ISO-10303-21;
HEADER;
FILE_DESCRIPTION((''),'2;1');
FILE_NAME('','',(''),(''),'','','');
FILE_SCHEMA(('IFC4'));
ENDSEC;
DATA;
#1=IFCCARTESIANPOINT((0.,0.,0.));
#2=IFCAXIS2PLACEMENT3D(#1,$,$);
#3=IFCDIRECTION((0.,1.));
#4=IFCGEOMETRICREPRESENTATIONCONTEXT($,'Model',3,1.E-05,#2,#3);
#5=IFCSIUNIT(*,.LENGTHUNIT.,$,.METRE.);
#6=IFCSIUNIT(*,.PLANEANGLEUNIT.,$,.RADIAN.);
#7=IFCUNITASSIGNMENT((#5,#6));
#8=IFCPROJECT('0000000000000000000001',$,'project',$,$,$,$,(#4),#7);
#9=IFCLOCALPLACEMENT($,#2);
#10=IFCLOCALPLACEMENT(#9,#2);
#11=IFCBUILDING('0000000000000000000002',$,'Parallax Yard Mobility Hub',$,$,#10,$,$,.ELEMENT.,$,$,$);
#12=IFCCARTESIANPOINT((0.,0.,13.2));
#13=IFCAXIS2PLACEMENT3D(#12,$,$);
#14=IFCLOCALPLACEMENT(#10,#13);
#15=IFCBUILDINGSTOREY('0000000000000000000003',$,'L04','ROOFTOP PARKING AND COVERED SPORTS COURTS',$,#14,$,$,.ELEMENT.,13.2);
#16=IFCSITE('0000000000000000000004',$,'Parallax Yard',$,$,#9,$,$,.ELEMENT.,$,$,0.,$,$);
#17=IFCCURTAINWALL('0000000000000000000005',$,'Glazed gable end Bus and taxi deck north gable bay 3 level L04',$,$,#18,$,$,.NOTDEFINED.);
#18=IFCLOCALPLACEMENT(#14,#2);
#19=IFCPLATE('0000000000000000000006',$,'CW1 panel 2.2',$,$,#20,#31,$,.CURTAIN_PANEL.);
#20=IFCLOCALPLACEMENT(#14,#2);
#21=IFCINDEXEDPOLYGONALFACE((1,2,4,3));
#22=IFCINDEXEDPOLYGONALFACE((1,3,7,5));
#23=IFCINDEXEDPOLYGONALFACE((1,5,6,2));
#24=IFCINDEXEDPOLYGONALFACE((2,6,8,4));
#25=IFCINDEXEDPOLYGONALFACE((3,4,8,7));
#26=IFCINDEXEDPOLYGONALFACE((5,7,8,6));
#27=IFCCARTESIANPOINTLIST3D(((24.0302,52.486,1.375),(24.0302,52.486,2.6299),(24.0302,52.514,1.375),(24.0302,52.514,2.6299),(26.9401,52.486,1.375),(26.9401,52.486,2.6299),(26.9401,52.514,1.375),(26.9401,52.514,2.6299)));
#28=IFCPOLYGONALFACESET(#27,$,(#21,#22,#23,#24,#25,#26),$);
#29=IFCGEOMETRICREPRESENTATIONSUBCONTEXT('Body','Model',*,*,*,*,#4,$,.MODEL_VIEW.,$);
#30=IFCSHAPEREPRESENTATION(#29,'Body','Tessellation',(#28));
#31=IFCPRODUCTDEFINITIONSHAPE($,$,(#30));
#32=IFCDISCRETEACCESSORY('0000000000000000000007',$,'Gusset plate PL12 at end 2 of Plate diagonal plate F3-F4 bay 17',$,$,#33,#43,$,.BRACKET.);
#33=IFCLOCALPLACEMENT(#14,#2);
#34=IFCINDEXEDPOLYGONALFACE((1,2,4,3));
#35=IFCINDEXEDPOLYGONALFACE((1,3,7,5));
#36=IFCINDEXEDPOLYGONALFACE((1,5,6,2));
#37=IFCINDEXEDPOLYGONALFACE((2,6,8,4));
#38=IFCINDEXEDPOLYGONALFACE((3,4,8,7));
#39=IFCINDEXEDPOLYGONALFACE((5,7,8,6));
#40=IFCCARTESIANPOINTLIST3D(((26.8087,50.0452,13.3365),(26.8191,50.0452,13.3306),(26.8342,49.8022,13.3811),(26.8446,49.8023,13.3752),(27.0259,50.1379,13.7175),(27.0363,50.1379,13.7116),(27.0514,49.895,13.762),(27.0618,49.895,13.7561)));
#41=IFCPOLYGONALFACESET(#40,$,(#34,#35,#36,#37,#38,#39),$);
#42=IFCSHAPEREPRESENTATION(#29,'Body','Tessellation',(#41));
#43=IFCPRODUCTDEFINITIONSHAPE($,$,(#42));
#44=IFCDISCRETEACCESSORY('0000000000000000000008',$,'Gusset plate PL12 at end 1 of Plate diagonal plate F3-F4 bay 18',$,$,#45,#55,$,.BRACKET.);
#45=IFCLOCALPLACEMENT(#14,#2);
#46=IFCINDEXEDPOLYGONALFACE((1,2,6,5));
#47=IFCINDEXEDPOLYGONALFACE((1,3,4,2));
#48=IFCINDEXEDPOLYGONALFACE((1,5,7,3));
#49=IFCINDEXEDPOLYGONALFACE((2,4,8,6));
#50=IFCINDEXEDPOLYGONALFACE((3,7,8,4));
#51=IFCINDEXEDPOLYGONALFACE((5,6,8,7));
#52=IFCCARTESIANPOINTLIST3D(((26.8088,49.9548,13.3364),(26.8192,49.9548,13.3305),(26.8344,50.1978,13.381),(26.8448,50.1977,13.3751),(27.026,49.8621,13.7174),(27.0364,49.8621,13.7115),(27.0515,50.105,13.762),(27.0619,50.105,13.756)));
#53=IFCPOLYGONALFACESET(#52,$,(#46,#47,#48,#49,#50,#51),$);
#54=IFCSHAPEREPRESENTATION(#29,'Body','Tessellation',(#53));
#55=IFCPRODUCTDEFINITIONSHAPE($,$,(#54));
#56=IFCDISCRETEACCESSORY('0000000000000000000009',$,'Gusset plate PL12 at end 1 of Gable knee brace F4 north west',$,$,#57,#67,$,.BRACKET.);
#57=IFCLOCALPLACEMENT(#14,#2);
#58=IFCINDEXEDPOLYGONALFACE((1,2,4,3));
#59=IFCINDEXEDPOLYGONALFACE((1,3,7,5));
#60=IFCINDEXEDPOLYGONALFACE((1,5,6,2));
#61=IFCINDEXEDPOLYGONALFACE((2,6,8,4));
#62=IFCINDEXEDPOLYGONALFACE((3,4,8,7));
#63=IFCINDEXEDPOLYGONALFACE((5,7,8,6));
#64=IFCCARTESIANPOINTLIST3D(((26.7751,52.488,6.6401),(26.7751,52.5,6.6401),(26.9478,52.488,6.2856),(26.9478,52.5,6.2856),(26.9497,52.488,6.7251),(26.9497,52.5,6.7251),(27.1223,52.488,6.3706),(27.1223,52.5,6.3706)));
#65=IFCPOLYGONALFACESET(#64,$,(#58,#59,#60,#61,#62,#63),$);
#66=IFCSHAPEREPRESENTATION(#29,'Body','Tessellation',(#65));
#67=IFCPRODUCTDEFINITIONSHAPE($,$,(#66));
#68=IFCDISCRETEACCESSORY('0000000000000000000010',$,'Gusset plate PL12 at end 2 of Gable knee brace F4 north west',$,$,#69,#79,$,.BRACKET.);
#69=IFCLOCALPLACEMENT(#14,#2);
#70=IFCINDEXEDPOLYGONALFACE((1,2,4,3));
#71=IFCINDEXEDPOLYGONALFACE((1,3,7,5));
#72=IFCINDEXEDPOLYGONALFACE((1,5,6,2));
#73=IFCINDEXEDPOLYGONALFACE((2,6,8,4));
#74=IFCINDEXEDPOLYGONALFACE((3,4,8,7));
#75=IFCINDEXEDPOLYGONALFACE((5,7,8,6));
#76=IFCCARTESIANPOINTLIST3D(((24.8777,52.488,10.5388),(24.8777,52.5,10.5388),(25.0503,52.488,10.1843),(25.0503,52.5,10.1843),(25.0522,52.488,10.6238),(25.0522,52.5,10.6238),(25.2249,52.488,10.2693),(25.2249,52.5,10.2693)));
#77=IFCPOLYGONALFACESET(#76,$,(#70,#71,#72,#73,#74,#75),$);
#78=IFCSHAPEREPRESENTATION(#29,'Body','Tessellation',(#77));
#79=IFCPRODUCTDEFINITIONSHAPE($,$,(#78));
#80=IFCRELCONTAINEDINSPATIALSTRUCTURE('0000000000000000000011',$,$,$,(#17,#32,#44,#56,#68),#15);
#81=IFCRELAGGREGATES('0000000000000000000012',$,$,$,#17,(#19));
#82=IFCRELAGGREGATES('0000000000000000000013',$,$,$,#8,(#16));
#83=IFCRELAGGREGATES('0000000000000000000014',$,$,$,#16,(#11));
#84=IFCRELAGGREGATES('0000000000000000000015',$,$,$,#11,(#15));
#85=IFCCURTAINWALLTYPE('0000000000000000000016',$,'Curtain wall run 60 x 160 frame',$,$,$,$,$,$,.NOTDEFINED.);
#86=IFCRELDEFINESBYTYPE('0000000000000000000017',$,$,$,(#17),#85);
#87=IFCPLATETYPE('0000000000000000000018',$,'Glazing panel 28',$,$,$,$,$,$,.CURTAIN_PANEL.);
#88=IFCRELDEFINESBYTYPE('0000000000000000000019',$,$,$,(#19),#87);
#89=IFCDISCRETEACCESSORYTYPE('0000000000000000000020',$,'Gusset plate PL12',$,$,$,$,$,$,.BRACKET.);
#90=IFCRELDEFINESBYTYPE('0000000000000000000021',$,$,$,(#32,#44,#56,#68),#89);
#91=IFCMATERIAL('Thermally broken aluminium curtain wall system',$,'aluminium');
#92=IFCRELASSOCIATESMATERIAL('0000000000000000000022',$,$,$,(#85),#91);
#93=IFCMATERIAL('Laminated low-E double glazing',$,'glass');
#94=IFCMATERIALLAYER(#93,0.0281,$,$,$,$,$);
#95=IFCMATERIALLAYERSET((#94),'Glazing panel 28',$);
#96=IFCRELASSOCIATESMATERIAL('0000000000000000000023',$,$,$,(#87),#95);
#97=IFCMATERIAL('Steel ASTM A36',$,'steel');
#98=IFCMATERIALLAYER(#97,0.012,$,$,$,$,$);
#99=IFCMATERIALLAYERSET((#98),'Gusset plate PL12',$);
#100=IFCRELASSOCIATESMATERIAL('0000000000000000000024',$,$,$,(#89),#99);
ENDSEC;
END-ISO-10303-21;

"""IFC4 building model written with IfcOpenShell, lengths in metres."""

from ifc_helpers import new_model, si_unit, direction, frame, origin, origin_2d, place, context, subcontext, project, spatial, polyline, rectangle, outline, extrude, material, layer, layer_set, type_object, element, aggregate, save


model = new_model("IFC4")

# Units and contexts
model_context = context("Model", 3, precision=1e-05, world=origin(), true_north=direction((0.0, 1.0)))
body_context = subcontext(model_context, "Body", "Model", "MODEL_VIEW")
ifc_project = project(units=[si_unit("LENGTHUNIT", "METRE"), si_unit("PLANEANGLEUNIT", "RADIAN")], contexts=[model_context])

# Site, building, storey
site_placement = place(None, origin())
site = spatial("IfcSite", under=ifc_project, at=site_placement, Name="Parallax Yard", CompositionType="ELEMENT", RefElevation=0.0)
building_placement = place(site_placement, origin())
building = spatial("IfcBuilding", under=site, at=building_placement, Name="Parallax Yard Mobility Hub", CompositionType="ELEMENT")
storey_placement = place(building_placement, frame((0.0, 0.0, 13.2)))
storey = spatial("IfcBuildingStorey", under=building, at=storey_placement, Name="L04", Description="ROOFTOP PARKING AND COVERED SPORTS COURTS", CompositionType="ELEMENT", Elevation=13.2)

# Shared definitions
ifc_material_1 = material(Name="Thermally broken aluminium curtain wall system", Category="aluminium")
curtain_wall_type = type_object("IfcCurtainWallType", Name="Curtain wall run 60 x 160 frame", PredefinedType="NOTDEFINED", material=ifc_material_1)

# Curtain wall
curtain_wall_1_placement = place(storey_placement, origin())
curtain_wall_1 = element("IfcCurtainWall", 1, at=curtain_wall_1_placement, inside=storey, type_object=curtain_wall_type, Name="Glazed gable end Bus and taxi deck north gable bay 3 level L04", PredefinedType="NOTDEFINED")

# Plate
ifc_material_2 = material(Name="Laminated low-E double glazing", Category="glass")
ifc_layer_1 = layer(ifc_material_2, 0.0281)
ifc_layer_set_1 = layer_set([ifc_layer_1], Name="Glazing panel 28")
plate_type = type_object("IfcPlateType", Name="Glazing panel 28", PredefinedType="CURTAIN_PANEL", material=ifc_layer_set_1)
plate_1_placement = place(storey_placement, frame((25.4851, 52.5, 1.375), z_axis=(0.0, 0.0, 1.0), x_axis=(1.0, 0.0, 0.0)))
plate_1 = element("IfcPlate", 2, at=plate_1_placement, type_object=plate_type, Name="CW1 panel 2.2", PredefinedType="CURTAIN_PANEL", context=body_context, shape_type="SweptSolid", body=[
    extrude(rectangle(XDim=2.9099, YDim=0.0281, at=origin_2d()), origin(), (0.0, 0.0, 1.0), 1.2549),
])
aggregate(curtain_wall_1, [plate_1])

# Discrete accessories
ifc_material_3 = material(Name="Steel ASTM A36", Category="steel")
ifc_layer_2 = layer(ifc_material_3, 0.012)
ifc_layer_set_2 = layer_set([ifc_layer_2], Name="Gusset plate PL12")
discrete_accessory_type = type_object("IfcDiscreteAccessoryType", Name="Gusset plate PL12", PredefinedType="BRACKET", material=ifc_layer_set_2)
discrete_accessory_1_placement = place(storey_placement, frame((26.8342, 49.8022, 13.3811), z_axis=(-0.868732, -0.000396, 0.495282), x_axis=(0.484484, 0.206996, 0.849958)))
element("IfcDiscreteAccessory", 3, at=discrete_accessory_1_placement, inside=storey, type_object=discrete_accessory_type, Name="Gusset plate PL12 at end 2 of Plate diagonal plate F3-F4 bay 17", PredefinedType="BRACKET", context=body_context, shape_type="SweptSolid", body=[
    extrude(outline(polyline([(0.0, 0.0), (0.4482, 0.0), (0.4483, 0.2483), (0.0, 0.2483), (0.0, 0.0)])), origin(), (0.0, 0.0, -1.0), 0.012),
])
discrete_accessory_2_placement = place(storey_placement, frame((26.8088, 49.9548, 13.3364), z_axis=(-0.868732, 0.000396, 0.495282), x_axis=(0.484488, -0.206955, 0.849965)))
element("IfcDiscreteAccessory", 4, at=discrete_accessory_2_placement, inside=storey, type_object=discrete_accessory_type, Name="Gusset plate PL12 at end 1 of Plate diagonal plate F3-F4 bay 18", PredefinedType="BRACKET", context=body_context, shape_type="SweptSolid", body=[
    extrude(outline(polyline([(0.0, 0.0), (0.4483, 0.0), (0.4482, 0.2483), (0.0, 0.2483), (0.0, 0.0)])), origin(), (0.0, 0.0, -1.0), 0.012),
])
for number, where, z_axis, x_axis, name in (
    (5, (26.9497, 52.5, 6.7251), (0.0, 1.0, 0.0), (0.437777, 0.0, -0.899084), "Gusset plate PL12 at end 1 of Gable knee brace F4 north west"),
    (6, (25.0503, 52.5, 10.1843), (0.0, 1.0, 0.0), (-0.437777, 0.0, 0.899084), "Gusset plate PL12 at end 2 of Gable knee brace F4 north west"),
):
    element("IfcDiscreteAccessory", number, at=place(storey_placement, frame(where, z_axis=z_axis, x_axis=x_axis)), inside=storey, type_object=discrete_accessory_type, Name=name, PredefinedType="BRACKET", context=body_context, shape_type="SweptSolid", body=[
        extrude(outline(polyline([(0.0, 0.0), (0.3943, 0.0), (0.3943, 0.1941), (0.0, 0.1941), (0.0, 0.0)])), origin(), (0.0, 0.0, -1.0), 0.012),
    ])

save(model, "model.ifc")
